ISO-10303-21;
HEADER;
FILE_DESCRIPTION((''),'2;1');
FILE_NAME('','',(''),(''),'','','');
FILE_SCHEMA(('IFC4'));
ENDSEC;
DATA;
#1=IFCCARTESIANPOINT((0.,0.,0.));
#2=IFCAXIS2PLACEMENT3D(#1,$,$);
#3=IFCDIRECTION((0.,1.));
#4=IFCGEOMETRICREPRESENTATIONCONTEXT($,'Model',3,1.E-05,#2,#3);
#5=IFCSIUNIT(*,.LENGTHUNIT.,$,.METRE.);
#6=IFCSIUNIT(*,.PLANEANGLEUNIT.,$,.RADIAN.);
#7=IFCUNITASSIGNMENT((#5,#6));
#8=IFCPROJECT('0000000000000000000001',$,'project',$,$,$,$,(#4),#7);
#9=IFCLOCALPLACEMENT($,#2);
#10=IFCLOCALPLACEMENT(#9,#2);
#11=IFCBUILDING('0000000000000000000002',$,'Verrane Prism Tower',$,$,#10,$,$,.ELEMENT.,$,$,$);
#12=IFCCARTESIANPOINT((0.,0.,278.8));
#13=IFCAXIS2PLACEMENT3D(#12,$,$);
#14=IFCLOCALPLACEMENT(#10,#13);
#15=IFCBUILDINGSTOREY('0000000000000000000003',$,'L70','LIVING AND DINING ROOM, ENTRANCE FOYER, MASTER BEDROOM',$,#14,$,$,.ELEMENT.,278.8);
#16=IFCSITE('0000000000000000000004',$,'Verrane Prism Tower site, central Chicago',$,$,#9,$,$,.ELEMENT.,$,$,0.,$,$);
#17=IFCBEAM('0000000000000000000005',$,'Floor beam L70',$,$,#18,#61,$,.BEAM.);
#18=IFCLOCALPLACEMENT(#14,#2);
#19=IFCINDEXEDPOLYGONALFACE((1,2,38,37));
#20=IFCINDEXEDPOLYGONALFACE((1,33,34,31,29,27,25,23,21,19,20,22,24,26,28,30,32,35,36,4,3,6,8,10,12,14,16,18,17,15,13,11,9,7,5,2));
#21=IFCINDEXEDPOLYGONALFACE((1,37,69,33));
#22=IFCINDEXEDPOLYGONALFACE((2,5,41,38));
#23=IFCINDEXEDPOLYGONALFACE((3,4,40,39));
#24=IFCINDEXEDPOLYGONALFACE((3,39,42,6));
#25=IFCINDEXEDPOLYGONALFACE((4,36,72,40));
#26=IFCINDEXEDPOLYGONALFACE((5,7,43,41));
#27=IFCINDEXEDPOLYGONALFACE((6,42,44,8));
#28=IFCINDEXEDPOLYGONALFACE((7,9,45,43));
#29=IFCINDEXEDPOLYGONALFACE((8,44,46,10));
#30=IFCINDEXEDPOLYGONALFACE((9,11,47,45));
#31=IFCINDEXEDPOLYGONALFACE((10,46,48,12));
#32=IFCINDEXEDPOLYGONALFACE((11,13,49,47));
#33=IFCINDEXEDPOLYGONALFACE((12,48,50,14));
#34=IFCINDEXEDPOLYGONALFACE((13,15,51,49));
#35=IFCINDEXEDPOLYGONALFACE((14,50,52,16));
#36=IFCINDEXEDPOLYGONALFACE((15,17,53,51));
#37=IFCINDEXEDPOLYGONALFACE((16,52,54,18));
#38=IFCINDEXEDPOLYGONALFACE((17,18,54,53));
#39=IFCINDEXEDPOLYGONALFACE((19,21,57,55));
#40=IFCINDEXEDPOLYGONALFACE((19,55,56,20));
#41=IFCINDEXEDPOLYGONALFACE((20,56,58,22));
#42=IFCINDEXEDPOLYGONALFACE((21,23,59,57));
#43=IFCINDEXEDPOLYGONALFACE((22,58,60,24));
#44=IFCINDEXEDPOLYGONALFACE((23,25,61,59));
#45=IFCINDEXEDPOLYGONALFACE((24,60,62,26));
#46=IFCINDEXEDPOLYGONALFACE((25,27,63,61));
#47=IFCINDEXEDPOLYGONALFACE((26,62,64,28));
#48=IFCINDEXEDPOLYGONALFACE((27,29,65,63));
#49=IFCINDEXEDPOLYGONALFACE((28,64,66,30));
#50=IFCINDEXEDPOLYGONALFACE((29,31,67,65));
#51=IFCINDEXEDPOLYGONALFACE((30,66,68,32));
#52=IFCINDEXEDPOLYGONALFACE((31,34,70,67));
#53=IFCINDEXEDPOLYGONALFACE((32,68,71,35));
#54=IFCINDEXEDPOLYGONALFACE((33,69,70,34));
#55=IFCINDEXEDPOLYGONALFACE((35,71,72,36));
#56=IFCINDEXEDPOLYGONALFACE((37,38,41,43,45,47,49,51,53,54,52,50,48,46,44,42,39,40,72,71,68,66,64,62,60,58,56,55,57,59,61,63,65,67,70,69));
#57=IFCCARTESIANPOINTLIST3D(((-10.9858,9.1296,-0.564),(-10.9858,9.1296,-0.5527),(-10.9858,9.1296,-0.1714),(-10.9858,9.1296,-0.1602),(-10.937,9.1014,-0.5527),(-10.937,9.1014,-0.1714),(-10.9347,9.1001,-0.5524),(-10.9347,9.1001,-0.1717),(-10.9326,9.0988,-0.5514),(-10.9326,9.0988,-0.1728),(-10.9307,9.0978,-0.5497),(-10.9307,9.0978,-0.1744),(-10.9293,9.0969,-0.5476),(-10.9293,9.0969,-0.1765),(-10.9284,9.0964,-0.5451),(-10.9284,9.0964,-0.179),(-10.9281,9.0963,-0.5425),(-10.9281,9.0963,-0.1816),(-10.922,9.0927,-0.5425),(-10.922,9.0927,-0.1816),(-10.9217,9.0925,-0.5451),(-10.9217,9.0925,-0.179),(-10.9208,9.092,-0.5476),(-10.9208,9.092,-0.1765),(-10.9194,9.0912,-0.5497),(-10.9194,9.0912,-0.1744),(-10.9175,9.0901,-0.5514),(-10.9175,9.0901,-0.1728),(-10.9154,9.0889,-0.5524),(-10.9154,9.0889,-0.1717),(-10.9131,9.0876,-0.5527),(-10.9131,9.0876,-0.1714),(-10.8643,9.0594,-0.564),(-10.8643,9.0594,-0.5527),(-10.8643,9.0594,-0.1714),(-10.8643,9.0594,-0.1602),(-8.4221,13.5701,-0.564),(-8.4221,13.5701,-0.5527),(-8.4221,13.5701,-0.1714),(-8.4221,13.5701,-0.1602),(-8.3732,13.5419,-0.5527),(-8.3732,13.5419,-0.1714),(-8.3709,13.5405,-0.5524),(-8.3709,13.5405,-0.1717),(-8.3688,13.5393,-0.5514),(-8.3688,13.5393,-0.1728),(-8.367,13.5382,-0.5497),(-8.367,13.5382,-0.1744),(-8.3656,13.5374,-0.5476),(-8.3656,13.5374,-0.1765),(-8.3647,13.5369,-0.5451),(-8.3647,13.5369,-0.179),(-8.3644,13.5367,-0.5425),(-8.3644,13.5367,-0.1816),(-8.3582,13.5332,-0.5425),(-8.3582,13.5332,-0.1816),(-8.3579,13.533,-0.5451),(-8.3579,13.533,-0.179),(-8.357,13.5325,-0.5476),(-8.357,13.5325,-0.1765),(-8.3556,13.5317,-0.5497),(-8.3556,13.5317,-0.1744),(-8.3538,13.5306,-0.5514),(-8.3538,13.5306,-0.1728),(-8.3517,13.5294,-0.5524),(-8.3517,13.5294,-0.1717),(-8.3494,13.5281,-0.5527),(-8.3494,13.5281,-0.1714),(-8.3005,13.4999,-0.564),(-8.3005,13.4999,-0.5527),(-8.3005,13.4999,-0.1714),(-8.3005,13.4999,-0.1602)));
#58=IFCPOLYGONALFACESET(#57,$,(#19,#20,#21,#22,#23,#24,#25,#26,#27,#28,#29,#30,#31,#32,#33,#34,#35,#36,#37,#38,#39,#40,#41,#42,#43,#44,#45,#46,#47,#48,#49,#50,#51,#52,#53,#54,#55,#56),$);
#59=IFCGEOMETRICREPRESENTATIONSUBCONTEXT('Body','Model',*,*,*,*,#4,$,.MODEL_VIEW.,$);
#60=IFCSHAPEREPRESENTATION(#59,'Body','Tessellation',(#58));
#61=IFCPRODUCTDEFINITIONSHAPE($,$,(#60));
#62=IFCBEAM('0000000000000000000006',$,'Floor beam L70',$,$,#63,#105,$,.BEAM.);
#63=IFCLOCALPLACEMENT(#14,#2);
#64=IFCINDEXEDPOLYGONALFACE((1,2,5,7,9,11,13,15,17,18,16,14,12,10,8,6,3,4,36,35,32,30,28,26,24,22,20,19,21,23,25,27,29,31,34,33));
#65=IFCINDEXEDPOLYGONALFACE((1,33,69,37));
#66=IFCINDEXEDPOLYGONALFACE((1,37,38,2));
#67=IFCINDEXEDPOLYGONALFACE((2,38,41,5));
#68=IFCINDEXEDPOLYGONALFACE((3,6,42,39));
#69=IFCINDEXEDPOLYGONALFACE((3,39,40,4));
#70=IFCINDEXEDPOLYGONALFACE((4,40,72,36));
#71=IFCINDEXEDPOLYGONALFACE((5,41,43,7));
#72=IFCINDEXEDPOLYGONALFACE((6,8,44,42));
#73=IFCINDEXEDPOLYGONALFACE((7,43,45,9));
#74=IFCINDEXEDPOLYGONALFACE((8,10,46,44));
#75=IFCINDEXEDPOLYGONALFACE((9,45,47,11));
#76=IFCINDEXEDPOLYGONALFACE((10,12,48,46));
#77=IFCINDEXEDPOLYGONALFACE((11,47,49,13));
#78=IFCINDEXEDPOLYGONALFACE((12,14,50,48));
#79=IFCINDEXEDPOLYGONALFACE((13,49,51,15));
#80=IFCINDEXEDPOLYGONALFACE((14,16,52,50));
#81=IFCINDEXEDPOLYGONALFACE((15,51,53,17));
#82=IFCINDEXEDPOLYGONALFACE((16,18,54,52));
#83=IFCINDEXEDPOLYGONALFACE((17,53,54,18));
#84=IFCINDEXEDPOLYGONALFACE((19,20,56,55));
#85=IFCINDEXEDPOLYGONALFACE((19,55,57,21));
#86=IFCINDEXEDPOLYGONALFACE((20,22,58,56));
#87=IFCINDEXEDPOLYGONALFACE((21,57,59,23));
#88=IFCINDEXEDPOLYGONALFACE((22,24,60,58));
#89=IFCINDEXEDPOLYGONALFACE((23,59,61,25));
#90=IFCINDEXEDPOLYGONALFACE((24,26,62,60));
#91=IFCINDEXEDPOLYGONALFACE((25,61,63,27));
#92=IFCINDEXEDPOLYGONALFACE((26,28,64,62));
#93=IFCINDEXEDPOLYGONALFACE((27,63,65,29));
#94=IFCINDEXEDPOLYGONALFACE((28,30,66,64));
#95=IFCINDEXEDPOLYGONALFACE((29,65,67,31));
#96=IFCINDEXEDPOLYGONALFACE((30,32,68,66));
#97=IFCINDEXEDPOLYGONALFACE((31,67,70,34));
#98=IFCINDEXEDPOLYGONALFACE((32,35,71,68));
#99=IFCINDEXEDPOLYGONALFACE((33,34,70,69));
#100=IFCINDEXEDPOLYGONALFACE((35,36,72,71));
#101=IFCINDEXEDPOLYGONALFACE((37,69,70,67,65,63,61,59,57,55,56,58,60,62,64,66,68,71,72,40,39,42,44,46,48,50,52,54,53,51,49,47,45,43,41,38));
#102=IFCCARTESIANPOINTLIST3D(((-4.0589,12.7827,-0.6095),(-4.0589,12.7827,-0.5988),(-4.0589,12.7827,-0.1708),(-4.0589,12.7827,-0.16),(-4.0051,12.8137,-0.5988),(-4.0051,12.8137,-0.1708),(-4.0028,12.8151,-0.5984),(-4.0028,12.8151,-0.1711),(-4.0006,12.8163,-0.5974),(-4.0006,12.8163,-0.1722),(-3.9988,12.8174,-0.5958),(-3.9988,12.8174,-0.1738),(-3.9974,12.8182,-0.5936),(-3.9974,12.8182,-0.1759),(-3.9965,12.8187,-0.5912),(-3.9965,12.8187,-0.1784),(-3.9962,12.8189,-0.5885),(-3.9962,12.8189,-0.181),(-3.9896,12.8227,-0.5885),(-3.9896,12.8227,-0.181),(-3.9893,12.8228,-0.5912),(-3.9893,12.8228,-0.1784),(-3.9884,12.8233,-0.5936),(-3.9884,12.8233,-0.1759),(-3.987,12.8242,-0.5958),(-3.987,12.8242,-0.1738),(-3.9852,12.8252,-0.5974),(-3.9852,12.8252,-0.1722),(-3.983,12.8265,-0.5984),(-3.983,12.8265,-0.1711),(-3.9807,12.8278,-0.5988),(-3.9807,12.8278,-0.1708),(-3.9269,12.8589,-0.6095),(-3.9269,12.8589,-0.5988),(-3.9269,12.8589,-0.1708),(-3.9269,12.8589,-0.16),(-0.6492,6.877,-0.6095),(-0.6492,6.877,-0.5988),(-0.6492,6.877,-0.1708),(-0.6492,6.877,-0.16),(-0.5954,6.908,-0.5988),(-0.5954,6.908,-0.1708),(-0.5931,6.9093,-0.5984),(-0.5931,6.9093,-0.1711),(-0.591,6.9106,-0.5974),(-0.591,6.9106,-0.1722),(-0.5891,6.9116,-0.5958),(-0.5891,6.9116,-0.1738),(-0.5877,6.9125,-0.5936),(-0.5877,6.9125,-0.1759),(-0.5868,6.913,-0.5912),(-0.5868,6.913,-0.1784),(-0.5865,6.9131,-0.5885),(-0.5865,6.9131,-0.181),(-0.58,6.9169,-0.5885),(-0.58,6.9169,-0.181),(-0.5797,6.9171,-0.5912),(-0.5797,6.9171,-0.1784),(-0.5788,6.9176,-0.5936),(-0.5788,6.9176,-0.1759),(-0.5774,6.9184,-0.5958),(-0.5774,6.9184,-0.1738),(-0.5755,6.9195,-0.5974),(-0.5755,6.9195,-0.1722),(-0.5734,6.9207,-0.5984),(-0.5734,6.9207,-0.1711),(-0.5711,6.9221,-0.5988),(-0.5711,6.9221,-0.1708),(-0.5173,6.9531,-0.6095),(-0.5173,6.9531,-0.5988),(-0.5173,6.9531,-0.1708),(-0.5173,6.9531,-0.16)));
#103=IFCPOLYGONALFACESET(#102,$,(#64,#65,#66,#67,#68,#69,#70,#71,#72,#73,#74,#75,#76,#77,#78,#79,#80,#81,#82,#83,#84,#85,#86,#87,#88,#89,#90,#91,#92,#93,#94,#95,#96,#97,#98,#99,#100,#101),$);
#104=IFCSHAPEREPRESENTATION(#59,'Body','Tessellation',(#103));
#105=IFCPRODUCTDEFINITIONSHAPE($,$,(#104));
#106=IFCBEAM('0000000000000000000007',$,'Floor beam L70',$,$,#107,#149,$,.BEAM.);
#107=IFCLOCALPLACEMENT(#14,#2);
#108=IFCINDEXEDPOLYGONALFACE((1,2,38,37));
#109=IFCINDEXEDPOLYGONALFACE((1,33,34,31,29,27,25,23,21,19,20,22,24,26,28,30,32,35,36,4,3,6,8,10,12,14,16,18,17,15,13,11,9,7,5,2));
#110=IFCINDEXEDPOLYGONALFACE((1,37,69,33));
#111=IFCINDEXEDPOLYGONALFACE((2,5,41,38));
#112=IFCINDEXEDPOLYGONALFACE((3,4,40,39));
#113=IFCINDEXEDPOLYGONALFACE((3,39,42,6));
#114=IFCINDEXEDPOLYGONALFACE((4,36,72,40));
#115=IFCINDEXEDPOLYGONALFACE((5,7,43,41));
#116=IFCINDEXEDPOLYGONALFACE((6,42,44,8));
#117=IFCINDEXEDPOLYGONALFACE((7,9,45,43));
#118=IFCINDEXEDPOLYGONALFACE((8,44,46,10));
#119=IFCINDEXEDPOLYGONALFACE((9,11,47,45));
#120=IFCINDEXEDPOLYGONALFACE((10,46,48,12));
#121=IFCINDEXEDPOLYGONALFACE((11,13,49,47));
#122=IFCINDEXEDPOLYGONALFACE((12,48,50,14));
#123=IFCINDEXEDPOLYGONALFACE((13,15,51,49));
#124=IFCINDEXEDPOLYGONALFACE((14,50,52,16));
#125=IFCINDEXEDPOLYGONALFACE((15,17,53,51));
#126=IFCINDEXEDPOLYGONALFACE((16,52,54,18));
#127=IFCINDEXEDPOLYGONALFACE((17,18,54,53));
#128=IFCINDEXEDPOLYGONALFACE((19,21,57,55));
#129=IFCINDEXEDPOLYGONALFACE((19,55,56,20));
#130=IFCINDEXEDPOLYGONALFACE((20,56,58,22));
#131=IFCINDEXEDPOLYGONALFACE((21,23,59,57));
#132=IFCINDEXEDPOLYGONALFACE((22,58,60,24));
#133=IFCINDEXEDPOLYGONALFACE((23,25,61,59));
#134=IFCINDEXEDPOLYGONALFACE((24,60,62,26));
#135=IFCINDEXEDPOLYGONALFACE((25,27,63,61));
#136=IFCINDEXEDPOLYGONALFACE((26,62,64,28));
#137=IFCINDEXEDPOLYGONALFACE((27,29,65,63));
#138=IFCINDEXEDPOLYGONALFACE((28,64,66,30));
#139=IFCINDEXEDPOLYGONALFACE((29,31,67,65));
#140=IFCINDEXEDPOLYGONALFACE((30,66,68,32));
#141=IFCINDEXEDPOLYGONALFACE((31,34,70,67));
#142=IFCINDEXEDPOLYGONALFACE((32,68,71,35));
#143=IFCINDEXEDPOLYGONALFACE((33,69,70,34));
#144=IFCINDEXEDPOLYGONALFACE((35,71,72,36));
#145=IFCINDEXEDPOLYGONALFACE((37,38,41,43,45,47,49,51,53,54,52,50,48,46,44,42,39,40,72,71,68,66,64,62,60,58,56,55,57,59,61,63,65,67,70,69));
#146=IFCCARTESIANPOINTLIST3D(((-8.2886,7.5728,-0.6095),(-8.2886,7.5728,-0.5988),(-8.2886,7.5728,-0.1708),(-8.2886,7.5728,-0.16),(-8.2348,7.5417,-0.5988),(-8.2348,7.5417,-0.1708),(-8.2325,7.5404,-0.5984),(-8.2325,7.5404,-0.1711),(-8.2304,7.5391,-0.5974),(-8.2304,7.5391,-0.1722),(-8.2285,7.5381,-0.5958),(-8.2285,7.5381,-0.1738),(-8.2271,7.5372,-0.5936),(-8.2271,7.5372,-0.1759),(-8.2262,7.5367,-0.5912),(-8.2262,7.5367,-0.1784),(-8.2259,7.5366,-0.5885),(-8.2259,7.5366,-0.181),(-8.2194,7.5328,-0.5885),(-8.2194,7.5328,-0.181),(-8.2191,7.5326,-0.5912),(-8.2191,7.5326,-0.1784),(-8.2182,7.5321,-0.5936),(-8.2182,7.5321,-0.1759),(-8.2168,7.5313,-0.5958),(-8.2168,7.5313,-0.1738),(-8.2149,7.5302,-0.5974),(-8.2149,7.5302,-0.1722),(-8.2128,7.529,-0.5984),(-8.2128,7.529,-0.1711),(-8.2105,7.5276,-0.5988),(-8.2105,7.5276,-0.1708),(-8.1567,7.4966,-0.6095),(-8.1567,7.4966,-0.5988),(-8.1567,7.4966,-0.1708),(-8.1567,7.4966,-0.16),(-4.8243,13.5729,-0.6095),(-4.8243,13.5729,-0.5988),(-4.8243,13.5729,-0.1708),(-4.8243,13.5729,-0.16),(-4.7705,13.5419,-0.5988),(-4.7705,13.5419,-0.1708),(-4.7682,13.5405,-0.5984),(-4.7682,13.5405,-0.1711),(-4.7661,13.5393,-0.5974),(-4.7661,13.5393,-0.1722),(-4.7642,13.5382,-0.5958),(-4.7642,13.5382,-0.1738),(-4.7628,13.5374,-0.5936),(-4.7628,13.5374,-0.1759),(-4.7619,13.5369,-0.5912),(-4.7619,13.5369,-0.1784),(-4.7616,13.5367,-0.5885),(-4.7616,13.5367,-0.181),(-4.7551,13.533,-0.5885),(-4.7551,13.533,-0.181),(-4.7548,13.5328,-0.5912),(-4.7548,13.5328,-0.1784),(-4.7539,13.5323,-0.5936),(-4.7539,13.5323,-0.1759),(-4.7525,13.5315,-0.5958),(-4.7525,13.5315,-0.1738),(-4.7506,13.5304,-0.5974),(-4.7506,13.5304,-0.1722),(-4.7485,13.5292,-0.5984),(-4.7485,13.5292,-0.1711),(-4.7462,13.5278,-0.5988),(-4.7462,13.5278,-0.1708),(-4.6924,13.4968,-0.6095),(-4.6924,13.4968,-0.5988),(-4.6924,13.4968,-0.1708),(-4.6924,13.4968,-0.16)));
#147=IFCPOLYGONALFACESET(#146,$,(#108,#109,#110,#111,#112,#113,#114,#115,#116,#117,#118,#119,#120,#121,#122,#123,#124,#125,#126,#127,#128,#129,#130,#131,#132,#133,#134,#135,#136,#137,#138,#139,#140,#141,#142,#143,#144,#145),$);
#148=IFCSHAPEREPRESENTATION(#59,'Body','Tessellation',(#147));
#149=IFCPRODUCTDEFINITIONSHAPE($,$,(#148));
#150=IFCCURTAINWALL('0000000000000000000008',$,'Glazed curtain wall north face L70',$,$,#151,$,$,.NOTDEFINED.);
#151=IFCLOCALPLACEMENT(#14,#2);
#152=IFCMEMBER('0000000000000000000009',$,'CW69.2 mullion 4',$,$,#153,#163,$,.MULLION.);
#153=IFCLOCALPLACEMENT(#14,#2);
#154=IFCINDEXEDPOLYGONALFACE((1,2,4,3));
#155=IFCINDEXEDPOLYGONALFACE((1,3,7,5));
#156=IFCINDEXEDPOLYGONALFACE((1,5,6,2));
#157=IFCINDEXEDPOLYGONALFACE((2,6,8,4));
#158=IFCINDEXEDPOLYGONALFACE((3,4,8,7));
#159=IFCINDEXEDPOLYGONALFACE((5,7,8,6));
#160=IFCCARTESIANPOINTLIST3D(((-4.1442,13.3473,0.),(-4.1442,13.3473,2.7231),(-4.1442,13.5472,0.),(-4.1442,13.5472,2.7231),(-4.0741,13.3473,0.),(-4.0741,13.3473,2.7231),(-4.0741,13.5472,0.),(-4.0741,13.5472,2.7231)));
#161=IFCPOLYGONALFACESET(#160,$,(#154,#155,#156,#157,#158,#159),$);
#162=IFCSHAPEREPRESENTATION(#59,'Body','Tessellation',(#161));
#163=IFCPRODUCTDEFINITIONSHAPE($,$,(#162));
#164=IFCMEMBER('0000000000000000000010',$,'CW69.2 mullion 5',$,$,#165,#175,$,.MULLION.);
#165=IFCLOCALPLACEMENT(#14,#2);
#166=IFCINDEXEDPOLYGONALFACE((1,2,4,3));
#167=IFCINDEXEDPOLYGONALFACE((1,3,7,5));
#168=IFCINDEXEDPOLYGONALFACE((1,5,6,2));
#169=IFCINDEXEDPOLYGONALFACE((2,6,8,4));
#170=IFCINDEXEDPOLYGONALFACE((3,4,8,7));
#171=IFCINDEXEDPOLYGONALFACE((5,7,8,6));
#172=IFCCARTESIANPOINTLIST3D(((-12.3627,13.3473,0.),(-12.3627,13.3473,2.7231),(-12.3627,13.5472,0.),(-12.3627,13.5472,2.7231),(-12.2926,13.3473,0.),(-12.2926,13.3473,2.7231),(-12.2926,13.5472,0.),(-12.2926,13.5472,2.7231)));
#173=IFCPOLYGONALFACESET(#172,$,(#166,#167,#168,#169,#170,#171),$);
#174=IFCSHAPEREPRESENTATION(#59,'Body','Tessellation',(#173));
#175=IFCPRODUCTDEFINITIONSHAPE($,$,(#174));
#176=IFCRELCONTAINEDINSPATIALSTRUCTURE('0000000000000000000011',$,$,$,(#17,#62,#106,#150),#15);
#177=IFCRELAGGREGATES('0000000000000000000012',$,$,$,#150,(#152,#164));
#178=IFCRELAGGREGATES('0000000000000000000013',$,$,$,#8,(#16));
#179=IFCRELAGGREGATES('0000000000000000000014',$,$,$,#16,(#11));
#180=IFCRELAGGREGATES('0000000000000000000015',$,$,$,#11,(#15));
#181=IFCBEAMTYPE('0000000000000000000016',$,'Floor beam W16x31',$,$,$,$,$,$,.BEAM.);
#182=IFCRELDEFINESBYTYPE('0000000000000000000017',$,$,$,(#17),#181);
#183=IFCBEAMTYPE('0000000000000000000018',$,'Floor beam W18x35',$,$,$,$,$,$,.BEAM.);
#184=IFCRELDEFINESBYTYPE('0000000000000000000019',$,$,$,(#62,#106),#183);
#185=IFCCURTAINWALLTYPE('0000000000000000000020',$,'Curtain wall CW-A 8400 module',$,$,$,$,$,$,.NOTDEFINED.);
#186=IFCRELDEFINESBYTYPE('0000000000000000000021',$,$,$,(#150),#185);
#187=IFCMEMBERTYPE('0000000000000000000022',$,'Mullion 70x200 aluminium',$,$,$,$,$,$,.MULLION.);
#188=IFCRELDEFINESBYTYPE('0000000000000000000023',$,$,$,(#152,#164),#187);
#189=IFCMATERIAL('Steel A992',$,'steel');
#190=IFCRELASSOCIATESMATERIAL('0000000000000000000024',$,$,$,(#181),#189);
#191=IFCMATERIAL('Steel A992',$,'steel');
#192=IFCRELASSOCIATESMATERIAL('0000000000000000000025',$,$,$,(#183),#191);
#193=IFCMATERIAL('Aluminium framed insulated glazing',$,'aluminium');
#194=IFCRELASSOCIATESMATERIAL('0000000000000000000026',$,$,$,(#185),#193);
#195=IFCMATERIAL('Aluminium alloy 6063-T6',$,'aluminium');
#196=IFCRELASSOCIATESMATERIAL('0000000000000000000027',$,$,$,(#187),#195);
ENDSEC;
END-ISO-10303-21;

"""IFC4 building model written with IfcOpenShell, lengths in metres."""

from ifc_helpers import new_model, si_unit, direction, frame, origin, origin_2d, place, context, subcontext, project, spatial, rectangle, i_section, extrude, material, material_profile, profile_set, type_object, element, aggregate, save


model = new_model("IFC4")

# Units and contexts
model_context = context("Model", 3, precision=1e-05, world=origin(), true_north=direction((0.0, 1.0)))
body_context = subcontext(model_context, "Body", "Model", "MODEL_VIEW")
ifc_project = project(units=[si_unit("LENGTHUNIT", "METRE"), si_unit("PLANEANGLEUNIT", "RADIAN")], contexts=[model_context])

# Site, building, storey
site_placement = place(None, origin())
site = spatial("IfcSite", under=ifc_project, at=site_placement, Name="Verrane Prism Tower site, central Chicago", CompositionType="ELEMENT", RefElevation=0.0)
building_placement = place(site_placement, origin())
building = spatial("IfcBuilding", under=site, at=building_placement, Name="Verrane Prism Tower", CompositionType="ELEMENT")
storey_placement = place(building_placement, frame((0.0, 0.0, 278.8)))
storey = spatial("IfcBuildingStorey", under=building, at=storey_placement, Name="L70", Description="LIVING AND DINING ROOM, ENTRANCE FOYER, MASTER BEDROOM", CompositionType="ELEMENT", Elevation=278.8)

# Beams
ifc_material_1 = material(Name="Steel A992", Category="steel")
ifc_material_profile_1 = material_profile(ifc_material_1, i_section(OverallWidth=0.1404, OverallDepth=0.4038, WebThickness=0.0071, FlangeThickness=0.0112, FilletRadius=0.0103, at=origin_2d()), Name="W16x31")
ifc_profile_set_1 = profile_set([ifc_material_profile_1], Name="Steel A992")
beam_type_1 = type_object("IfcBeamType", Name="Floor beam W16x31", PredefinedType="BEAM", material=ifc_profile_set_1)
beam_1_placement = place(storey_placement, frame((-10.925, 9.0945, -0.3621), z_axis=(0.500005, 0.866022, 0.0), x_axis=(-0.866022, 0.500005, 0.0)))
element("IfcBeam", 1, at=beam_1_placement, inside=storey, type_object=beam_type_1, Name="Floor beam L70", PredefinedType="BEAM", context=body_context, shape_type="SweptSolid", body=[
    extrude(i_section(OverallWidth=0.1404, OverallDepth=0.4038, WebThickness=0.0071, FlangeThickness=0.0112, FilletRadius=0.0103, at=origin_2d()), origin(), (0.0, 0.0, 1.0), 5.1274),
])
ifc_material_2 = material(Name="Steel A992", Category="steel")
ifc_material_profile_2 = material_profile(ifc_material_2, i_section(OverallWidth=0.1523, OverallDepth=0.4495, WebThickness=0.0076, FlangeThickness=0.0107, FilletRadius=0.0103, at=origin_2d()), Name="W18x35")
ifc_profile_set_2 = profile_set([ifc_material_profile_2], Name="Steel A992")
beam_type_2 = type_object("IfcBeamType", Name="Floor beam W18x35", PredefinedType="BEAM", material=ifc_profile_set_2)
beam_2_placement = place(storey_placement, frame((-0.5833, 6.915, -0.3848), z_axis=(-0.499997, 0.866027, 0.0), x_axis=(-0.866027, -0.499997, 0.0)))
element("IfcBeam", 2, at=beam_2_placement, inside=storey, type_object=beam_type_2, Name="Floor beam L70", PredefinedType="BEAM", context=body_context, shape_type="SweptSolid", body=[
    extrude(i_section(OverallWidth=0.1523, OverallDepth=0.4495, WebThickness=0.0076, FlangeThickness=0.0107, FilletRadius=0.0103, at=origin_2d()), origin(), (0.0, 0.0, 1.0), 6.8193),
])
beam_3_placement = place(storey_placement, frame((-8.2227, 7.5347, -0.3848), z_axis=(0.500012, 0.866018, 0.0), x_axis=(-0.866018, 0.500012, 0.0)))
element("IfcBeam", 3, at=beam_3_placement, inside=storey, type_object=beam_type_2, Name="Floor beam L70", PredefinedType="BEAM", context=body_context, shape_type="SweptSolid", body=[
    extrude(i_section(OverallWidth=0.1523, OverallDepth=0.4495, WebThickness=0.0076, FlangeThickness=0.0107, FilletRadius=0.0103, at=origin_2d()), origin(), (0.0, 0.0, 1.0), 6.9285),
])

# Curtain wall, members
ifc_material_3 = material(Name="Aluminium framed insulated glazing", Category="aluminium")
curtain_wall_type = type_object("IfcCurtainWallType", Name="Curtain wall CW-A 8400 module", PredefinedType="NOTDEFINED", material=ifc_material_3)
curtain_wall_placement = place(storey_placement, origin())
curtain_wall = element("IfcCurtainWall", 4, at=curtain_wall_placement, inside=storey, type_object=curtain_wall_type, Name="Glazed curtain wall north face L70", PredefinedType="NOTDEFINED")
ifc_material_4 = material(Name="Aluminium alloy 6063-T6", Category="aluminium")
ifc_material_profile_3 = material_profile(ifc_material_4, rectangle(XDim=0.2, YDim=0.0701, at=origin_2d()), Name="Mullion 70x200 aluminium")
ifc_profile_set_3 = profile_set([ifc_material_profile_3], Name="Aluminium alloy 6063-T6")
member_type_1 = type_object("IfcMemberType", Name="Mullion 70x200 aluminium", PredefinedType="MULLION", material=ifc_profile_set_3)
member_1_placement = place(storey_placement, frame((-4.1091, 13.4473, 0.0), z_axis=(0.0, 0.0, 1.0), x_axis=(0.0, -1.0, 0.0)))
member_1 = element("IfcMember", 5, at=member_1_placement, type_object=member_type_1, Name="CW69.2 mullion 4", PredefinedType="MULLION", context=body_context, shape_type="SweptSolid", body=[
    extrude(rectangle(XDim=0.2, YDim=0.0701, at=origin_2d()), origin(), (0.0, 0.0, 1.0), 2.7231),
])
member_2_placement = place(storey_placement, frame((-12.3276, 13.4473, 0.0), z_axis=(0.0, 0.0, 1.0), x_axis=(0.0, -1.0, 0.0)))
member_2 = element("IfcMember", 6, at=member_2_placement, type_object=member_type_1, Name="CW69.2 mullion 5", PredefinedType="MULLION", context=body_context, shape_type="SweptSolid", body=[
    extrude(rectangle(XDim=0.2, YDim=0.0701, at=origin_2d()), origin(), (0.0, 0.0, 1.0), 2.7231),
])

aggregate(curtain_wall, [member_1, member_2])

save(model, "model.ifc")
